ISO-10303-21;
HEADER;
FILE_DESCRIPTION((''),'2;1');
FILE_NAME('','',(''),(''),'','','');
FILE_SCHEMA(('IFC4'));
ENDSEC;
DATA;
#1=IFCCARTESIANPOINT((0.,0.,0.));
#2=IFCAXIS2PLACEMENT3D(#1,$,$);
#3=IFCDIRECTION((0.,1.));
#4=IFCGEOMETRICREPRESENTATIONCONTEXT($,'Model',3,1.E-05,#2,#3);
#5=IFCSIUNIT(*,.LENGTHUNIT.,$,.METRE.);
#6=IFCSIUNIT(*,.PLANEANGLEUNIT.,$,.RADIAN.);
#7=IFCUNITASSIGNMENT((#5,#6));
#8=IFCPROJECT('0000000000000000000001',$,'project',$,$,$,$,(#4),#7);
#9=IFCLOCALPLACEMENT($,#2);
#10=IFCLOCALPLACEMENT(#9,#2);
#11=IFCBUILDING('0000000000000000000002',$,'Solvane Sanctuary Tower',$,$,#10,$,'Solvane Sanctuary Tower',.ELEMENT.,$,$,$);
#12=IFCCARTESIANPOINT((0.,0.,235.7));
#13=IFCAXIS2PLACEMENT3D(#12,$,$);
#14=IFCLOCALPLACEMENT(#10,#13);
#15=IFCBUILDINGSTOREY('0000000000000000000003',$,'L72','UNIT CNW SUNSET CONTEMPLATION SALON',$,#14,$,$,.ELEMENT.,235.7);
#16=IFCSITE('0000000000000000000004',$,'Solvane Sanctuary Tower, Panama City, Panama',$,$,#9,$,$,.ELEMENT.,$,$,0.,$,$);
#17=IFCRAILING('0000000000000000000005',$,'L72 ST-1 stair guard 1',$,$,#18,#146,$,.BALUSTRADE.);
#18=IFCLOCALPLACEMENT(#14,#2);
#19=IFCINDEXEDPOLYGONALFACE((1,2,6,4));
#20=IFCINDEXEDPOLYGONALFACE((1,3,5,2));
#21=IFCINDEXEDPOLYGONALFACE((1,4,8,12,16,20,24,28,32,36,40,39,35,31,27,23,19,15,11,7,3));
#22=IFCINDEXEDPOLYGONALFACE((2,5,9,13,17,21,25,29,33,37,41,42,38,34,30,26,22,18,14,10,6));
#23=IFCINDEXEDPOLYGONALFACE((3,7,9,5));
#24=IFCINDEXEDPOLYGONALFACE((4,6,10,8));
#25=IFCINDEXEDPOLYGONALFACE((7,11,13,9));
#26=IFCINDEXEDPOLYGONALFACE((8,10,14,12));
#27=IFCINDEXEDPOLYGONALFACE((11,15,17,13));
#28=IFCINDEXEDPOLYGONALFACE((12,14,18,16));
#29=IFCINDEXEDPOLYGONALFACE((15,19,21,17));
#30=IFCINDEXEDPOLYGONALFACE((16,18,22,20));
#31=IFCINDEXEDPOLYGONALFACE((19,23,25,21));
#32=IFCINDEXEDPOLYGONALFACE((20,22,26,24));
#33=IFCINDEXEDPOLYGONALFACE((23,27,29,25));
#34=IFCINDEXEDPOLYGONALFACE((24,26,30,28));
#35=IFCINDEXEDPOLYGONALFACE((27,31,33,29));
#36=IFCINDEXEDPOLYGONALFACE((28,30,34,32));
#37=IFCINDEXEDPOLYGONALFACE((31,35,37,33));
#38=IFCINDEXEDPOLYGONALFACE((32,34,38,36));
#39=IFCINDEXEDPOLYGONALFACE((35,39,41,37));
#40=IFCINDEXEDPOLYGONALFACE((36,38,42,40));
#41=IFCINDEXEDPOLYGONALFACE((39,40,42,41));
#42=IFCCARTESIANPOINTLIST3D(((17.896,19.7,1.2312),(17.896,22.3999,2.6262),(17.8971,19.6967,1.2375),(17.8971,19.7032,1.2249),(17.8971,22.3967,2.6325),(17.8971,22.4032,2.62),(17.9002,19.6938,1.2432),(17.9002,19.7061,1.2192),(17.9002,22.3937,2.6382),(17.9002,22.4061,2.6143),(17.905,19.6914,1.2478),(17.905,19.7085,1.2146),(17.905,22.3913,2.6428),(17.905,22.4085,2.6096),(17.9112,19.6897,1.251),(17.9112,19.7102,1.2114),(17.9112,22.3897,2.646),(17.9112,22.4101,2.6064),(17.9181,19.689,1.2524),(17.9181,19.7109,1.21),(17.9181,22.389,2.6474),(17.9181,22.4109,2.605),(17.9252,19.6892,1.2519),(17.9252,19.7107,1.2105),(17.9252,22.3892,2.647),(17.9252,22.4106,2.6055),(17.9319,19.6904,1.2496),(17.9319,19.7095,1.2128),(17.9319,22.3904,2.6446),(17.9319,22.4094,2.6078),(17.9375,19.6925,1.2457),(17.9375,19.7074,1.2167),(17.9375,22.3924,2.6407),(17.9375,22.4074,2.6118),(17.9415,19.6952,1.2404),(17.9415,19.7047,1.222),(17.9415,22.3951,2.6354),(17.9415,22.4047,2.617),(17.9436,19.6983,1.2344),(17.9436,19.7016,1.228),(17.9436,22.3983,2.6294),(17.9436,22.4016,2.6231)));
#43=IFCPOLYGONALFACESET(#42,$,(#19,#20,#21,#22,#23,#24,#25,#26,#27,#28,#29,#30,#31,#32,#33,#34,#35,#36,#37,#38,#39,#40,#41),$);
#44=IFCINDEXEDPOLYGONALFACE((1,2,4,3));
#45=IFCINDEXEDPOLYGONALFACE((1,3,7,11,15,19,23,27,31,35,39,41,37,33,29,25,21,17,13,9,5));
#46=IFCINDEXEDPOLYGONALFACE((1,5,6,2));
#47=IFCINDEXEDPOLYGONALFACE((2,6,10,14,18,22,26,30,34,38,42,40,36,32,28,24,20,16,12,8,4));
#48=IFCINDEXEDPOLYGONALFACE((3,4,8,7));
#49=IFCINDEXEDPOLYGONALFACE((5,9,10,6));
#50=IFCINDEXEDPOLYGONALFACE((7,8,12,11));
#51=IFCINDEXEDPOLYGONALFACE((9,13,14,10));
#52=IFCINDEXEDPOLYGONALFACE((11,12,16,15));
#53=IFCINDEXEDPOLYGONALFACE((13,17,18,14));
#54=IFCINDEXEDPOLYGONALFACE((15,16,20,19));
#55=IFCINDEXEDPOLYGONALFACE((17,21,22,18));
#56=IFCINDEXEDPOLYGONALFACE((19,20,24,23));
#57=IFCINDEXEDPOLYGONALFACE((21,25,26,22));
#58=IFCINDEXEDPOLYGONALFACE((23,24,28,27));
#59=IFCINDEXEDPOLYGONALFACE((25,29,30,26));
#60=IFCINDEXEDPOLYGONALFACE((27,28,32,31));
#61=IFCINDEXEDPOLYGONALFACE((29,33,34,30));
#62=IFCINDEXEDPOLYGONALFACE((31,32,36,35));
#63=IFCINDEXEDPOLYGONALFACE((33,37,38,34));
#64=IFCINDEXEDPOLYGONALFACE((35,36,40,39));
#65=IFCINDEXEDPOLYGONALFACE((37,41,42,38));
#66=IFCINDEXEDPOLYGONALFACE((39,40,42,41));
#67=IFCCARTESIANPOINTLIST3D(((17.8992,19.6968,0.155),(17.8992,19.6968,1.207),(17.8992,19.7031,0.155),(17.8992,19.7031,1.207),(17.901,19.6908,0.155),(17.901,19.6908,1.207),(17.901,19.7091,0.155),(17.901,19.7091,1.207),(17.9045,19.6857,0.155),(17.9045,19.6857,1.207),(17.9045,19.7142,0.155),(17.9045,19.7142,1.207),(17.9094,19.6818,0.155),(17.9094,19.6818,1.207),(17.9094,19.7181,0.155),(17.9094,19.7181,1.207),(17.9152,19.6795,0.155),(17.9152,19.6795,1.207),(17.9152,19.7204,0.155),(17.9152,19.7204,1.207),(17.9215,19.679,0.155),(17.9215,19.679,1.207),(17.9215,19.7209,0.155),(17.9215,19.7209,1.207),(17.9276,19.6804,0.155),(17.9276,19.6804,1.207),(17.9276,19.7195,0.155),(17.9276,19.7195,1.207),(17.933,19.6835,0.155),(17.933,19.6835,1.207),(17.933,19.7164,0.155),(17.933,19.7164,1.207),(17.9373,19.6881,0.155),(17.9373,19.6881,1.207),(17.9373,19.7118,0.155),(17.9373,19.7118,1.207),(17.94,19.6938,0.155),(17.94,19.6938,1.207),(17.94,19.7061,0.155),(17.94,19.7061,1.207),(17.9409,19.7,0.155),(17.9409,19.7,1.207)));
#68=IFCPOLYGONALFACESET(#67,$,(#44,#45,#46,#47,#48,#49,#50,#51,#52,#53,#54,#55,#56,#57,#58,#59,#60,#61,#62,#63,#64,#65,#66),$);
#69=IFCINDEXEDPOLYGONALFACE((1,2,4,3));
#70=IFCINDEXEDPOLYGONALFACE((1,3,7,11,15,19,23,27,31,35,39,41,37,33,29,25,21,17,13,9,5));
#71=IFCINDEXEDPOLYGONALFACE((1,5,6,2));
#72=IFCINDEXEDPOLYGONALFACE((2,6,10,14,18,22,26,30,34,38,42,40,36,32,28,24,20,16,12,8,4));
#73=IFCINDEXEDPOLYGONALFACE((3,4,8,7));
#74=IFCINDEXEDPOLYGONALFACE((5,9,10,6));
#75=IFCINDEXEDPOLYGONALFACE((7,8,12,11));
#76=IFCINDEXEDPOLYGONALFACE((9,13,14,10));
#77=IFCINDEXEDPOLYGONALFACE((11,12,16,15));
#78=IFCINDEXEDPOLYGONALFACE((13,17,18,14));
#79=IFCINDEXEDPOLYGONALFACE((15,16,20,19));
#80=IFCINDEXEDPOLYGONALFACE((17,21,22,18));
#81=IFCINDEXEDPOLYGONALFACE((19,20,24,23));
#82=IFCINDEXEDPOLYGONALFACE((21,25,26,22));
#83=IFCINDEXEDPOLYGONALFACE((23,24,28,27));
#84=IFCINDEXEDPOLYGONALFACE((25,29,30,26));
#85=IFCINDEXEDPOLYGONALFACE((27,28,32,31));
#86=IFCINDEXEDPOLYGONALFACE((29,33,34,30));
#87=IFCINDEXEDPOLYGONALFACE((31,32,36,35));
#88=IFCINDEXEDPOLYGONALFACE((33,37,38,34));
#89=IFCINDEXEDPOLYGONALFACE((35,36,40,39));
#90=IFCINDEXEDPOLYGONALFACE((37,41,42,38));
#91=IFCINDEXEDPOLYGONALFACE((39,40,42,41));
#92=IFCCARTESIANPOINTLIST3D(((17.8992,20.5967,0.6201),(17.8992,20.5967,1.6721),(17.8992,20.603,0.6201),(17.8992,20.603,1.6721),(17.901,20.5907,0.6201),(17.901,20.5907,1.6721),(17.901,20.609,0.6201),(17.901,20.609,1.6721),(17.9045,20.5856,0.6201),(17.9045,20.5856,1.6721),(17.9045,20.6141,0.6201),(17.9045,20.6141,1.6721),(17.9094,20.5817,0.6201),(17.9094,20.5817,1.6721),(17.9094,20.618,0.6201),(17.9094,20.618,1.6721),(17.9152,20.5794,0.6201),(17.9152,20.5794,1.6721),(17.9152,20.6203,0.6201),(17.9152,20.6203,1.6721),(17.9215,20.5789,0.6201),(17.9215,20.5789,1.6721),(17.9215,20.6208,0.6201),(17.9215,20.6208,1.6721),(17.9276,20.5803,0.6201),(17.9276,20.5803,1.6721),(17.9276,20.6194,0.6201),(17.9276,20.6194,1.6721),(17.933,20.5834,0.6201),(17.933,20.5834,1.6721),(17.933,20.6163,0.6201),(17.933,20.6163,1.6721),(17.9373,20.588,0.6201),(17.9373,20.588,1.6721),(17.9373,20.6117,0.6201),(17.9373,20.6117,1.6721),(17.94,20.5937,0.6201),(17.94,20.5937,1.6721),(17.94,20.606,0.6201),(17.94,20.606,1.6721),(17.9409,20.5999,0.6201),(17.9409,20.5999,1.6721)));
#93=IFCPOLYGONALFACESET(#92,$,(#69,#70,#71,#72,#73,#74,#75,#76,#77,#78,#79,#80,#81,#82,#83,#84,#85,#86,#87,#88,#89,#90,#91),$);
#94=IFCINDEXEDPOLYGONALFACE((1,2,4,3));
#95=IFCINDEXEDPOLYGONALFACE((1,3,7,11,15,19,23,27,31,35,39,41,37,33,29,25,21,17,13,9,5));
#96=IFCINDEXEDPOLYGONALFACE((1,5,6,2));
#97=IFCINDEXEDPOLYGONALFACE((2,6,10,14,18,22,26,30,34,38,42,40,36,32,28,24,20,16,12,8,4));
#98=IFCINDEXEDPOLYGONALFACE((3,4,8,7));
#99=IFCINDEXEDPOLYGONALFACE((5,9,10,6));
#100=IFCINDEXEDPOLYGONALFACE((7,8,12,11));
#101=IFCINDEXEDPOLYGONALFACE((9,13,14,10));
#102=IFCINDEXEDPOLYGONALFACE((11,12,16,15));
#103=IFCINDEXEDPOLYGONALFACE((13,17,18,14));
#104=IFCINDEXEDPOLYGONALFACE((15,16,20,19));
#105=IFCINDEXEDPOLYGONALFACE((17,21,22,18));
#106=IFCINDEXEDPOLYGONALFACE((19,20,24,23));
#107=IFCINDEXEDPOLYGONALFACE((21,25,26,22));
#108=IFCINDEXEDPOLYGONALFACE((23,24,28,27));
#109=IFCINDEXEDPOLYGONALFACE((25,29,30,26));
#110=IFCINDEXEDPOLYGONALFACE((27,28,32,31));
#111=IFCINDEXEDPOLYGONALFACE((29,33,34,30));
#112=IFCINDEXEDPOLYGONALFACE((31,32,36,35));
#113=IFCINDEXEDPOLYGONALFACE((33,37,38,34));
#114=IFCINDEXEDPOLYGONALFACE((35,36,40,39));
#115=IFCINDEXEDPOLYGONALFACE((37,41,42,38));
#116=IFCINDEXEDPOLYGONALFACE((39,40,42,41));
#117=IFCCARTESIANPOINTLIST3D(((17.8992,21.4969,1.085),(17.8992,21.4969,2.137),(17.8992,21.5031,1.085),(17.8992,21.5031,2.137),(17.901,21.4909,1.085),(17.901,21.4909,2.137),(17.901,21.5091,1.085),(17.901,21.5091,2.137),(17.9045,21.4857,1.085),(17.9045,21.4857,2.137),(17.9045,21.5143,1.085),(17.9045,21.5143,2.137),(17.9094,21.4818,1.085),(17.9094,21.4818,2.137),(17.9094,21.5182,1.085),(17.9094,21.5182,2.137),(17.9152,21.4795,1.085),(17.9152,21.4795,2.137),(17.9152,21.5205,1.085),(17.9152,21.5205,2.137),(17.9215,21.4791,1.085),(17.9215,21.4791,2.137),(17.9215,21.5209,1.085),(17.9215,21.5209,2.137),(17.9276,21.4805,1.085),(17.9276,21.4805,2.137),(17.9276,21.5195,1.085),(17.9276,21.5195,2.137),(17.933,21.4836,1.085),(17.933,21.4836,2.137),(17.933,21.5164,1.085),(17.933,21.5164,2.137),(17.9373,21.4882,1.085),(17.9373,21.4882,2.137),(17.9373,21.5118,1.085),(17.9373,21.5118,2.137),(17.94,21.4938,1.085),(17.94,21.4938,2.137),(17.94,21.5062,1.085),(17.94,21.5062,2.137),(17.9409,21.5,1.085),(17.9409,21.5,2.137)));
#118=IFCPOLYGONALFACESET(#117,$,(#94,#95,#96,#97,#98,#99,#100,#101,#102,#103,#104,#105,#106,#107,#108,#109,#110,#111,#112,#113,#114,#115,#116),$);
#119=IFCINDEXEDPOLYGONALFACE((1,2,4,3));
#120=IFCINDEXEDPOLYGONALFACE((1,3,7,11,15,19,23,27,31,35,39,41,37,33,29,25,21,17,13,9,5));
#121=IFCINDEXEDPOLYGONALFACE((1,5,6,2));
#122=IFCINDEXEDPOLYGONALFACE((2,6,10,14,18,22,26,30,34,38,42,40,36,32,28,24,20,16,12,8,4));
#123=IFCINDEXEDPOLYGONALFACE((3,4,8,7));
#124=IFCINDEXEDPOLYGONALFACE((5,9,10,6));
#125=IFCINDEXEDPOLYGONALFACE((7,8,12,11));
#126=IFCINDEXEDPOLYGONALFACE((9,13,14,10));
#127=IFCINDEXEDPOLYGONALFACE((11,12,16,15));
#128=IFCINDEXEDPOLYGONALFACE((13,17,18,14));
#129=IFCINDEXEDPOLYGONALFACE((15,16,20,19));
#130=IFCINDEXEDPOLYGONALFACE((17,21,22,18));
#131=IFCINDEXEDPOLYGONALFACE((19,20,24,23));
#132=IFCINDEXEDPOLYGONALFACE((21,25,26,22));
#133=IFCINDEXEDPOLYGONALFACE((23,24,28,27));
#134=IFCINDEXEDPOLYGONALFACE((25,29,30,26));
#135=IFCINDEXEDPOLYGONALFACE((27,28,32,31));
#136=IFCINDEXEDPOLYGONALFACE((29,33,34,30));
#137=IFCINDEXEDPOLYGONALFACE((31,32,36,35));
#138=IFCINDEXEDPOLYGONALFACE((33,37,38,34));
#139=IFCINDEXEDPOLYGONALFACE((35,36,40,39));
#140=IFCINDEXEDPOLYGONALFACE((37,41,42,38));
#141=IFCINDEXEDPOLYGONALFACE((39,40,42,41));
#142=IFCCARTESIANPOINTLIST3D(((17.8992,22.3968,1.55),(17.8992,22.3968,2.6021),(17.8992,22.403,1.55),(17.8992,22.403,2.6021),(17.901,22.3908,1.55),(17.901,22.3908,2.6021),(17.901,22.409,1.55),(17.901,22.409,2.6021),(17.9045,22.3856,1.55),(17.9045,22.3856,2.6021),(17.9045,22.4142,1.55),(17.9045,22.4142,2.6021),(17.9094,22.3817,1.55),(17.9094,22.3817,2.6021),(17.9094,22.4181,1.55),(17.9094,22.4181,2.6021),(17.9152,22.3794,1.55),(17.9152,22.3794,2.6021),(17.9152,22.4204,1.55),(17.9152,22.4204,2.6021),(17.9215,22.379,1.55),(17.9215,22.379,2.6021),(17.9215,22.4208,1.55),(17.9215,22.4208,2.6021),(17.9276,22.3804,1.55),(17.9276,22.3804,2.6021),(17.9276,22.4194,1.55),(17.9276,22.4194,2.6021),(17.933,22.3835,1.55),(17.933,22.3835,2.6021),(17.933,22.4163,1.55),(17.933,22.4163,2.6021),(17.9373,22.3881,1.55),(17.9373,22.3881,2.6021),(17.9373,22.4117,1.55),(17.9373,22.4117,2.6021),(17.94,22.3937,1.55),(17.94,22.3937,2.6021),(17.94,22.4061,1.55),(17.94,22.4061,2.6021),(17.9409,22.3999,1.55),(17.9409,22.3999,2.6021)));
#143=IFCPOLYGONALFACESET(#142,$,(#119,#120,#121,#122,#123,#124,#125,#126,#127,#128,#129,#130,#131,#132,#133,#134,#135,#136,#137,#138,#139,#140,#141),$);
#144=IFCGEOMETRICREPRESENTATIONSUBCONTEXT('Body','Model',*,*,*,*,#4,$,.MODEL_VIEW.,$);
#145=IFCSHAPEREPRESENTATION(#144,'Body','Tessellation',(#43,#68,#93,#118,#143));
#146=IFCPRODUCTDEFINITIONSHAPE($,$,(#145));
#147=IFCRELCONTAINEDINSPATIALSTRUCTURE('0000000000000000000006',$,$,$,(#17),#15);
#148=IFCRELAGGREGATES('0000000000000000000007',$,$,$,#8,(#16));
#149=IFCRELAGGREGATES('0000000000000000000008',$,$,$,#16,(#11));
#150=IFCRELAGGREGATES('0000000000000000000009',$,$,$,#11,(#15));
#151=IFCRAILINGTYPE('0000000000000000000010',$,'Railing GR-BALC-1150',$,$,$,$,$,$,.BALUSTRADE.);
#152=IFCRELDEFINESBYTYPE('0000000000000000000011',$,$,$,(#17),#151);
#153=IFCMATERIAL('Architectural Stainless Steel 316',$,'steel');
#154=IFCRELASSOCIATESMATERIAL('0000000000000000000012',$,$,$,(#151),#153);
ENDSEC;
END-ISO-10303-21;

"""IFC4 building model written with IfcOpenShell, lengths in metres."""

from ifc_helpers import new_model, si_unit, direction, frame, origin, origin_2d, place, context, subcontext, project, spatial, circle, extrude, material, type_object, element, save


model = new_model("IFC4")

# Units and contexts
model_context = context("Model", 3, precision=1e-05, world=origin(), true_north=direction((0.0, 1.0)))
body_context = subcontext(model_context, "Body", "Model", "MODEL_VIEW")
ifc_project = project(units=[si_unit("LENGTHUNIT", "METRE"), si_unit("PLANEANGLEUNIT", "RADIAN")], contexts=[model_context])

# Site, building, storey
site_placement = place(None, origin())
site = spatial("IfcSite", under=ifc_project, at=site_placement, Name="Solvane Sanctuary Tower, Panama City, Panama", CompositionType="ELEMENT", RefElevation=0.0)
building_placement = place(site_placement, origin())
building = spatial("IfcBuilding", under=site, at=building_placement, Name="Solvane Sanctuary Tower", LongName="Solvane Sanctuary Tower", CompositionType="ELEMENT")
storey_placement = place(building_placement, frame((0.0, 0.0, 235.7)))
storey = spatial("IfcBuildingStorey", under=building, at=storey_placement, Name="L72", Description="UNIT CNW SUNSET CONTEMPLATION SALON", CompositionType="ELEMENT", Elevation=235.7)

# Shared definitions
ifc_material_1 = material(Name="Architectural Stainless Steel 316", Category="steel")

# Railing
railing_type_1 = type_object("IfcRailingType", Name="Railing GR-BALC-1150", PredefinedType="BALUSTRADE", material=ifc_material_1)
railing_1_placement = place(storey_placement, frame((17.9199, 19.7, 0.155)))
element("IfcRailing", 1, at=railing_1_placement, inside=storey, type_object=railing_type_1, Name="L72 ST-1 stair guard 1", PredefinedType="BALUSTRADE", context=body_context, shape_type="SweptSolid", body=[
    extrude(circle(Radius=0.0239, at=origin_2d()), frame((0.0, 0.0, 1.0762), z_axis=(0.0, 0.88842, 0.459032), x_axis=(-1.0, 0.0, 0.0)), (0.0, 0.0, 1.0), 3.0391),
    extrude(circle(Radius=0.021, at=origin_2d()), origin(), (0.0, 0.0, 1.0), 1.052),
    extrude(circle(Radius=0.021, at=origin_2d()), frame((0.0, 0.8999, 0.4651)), (0.0, 0.0, 1.0), 1.052),
    extrude(circle(Radius=0.021, at=origin_2d()), frame((0.0, 1.8, 0.9299)), (0.0, 0.0, 1.0), 1.052),
    extrude(circle(Radius=0.021, at=origin_2d()), frame((0.0, 2.7, 1.395)), (0.0, 0.0, 1.0), 1.052),
])

save(model, "model.ifc")
